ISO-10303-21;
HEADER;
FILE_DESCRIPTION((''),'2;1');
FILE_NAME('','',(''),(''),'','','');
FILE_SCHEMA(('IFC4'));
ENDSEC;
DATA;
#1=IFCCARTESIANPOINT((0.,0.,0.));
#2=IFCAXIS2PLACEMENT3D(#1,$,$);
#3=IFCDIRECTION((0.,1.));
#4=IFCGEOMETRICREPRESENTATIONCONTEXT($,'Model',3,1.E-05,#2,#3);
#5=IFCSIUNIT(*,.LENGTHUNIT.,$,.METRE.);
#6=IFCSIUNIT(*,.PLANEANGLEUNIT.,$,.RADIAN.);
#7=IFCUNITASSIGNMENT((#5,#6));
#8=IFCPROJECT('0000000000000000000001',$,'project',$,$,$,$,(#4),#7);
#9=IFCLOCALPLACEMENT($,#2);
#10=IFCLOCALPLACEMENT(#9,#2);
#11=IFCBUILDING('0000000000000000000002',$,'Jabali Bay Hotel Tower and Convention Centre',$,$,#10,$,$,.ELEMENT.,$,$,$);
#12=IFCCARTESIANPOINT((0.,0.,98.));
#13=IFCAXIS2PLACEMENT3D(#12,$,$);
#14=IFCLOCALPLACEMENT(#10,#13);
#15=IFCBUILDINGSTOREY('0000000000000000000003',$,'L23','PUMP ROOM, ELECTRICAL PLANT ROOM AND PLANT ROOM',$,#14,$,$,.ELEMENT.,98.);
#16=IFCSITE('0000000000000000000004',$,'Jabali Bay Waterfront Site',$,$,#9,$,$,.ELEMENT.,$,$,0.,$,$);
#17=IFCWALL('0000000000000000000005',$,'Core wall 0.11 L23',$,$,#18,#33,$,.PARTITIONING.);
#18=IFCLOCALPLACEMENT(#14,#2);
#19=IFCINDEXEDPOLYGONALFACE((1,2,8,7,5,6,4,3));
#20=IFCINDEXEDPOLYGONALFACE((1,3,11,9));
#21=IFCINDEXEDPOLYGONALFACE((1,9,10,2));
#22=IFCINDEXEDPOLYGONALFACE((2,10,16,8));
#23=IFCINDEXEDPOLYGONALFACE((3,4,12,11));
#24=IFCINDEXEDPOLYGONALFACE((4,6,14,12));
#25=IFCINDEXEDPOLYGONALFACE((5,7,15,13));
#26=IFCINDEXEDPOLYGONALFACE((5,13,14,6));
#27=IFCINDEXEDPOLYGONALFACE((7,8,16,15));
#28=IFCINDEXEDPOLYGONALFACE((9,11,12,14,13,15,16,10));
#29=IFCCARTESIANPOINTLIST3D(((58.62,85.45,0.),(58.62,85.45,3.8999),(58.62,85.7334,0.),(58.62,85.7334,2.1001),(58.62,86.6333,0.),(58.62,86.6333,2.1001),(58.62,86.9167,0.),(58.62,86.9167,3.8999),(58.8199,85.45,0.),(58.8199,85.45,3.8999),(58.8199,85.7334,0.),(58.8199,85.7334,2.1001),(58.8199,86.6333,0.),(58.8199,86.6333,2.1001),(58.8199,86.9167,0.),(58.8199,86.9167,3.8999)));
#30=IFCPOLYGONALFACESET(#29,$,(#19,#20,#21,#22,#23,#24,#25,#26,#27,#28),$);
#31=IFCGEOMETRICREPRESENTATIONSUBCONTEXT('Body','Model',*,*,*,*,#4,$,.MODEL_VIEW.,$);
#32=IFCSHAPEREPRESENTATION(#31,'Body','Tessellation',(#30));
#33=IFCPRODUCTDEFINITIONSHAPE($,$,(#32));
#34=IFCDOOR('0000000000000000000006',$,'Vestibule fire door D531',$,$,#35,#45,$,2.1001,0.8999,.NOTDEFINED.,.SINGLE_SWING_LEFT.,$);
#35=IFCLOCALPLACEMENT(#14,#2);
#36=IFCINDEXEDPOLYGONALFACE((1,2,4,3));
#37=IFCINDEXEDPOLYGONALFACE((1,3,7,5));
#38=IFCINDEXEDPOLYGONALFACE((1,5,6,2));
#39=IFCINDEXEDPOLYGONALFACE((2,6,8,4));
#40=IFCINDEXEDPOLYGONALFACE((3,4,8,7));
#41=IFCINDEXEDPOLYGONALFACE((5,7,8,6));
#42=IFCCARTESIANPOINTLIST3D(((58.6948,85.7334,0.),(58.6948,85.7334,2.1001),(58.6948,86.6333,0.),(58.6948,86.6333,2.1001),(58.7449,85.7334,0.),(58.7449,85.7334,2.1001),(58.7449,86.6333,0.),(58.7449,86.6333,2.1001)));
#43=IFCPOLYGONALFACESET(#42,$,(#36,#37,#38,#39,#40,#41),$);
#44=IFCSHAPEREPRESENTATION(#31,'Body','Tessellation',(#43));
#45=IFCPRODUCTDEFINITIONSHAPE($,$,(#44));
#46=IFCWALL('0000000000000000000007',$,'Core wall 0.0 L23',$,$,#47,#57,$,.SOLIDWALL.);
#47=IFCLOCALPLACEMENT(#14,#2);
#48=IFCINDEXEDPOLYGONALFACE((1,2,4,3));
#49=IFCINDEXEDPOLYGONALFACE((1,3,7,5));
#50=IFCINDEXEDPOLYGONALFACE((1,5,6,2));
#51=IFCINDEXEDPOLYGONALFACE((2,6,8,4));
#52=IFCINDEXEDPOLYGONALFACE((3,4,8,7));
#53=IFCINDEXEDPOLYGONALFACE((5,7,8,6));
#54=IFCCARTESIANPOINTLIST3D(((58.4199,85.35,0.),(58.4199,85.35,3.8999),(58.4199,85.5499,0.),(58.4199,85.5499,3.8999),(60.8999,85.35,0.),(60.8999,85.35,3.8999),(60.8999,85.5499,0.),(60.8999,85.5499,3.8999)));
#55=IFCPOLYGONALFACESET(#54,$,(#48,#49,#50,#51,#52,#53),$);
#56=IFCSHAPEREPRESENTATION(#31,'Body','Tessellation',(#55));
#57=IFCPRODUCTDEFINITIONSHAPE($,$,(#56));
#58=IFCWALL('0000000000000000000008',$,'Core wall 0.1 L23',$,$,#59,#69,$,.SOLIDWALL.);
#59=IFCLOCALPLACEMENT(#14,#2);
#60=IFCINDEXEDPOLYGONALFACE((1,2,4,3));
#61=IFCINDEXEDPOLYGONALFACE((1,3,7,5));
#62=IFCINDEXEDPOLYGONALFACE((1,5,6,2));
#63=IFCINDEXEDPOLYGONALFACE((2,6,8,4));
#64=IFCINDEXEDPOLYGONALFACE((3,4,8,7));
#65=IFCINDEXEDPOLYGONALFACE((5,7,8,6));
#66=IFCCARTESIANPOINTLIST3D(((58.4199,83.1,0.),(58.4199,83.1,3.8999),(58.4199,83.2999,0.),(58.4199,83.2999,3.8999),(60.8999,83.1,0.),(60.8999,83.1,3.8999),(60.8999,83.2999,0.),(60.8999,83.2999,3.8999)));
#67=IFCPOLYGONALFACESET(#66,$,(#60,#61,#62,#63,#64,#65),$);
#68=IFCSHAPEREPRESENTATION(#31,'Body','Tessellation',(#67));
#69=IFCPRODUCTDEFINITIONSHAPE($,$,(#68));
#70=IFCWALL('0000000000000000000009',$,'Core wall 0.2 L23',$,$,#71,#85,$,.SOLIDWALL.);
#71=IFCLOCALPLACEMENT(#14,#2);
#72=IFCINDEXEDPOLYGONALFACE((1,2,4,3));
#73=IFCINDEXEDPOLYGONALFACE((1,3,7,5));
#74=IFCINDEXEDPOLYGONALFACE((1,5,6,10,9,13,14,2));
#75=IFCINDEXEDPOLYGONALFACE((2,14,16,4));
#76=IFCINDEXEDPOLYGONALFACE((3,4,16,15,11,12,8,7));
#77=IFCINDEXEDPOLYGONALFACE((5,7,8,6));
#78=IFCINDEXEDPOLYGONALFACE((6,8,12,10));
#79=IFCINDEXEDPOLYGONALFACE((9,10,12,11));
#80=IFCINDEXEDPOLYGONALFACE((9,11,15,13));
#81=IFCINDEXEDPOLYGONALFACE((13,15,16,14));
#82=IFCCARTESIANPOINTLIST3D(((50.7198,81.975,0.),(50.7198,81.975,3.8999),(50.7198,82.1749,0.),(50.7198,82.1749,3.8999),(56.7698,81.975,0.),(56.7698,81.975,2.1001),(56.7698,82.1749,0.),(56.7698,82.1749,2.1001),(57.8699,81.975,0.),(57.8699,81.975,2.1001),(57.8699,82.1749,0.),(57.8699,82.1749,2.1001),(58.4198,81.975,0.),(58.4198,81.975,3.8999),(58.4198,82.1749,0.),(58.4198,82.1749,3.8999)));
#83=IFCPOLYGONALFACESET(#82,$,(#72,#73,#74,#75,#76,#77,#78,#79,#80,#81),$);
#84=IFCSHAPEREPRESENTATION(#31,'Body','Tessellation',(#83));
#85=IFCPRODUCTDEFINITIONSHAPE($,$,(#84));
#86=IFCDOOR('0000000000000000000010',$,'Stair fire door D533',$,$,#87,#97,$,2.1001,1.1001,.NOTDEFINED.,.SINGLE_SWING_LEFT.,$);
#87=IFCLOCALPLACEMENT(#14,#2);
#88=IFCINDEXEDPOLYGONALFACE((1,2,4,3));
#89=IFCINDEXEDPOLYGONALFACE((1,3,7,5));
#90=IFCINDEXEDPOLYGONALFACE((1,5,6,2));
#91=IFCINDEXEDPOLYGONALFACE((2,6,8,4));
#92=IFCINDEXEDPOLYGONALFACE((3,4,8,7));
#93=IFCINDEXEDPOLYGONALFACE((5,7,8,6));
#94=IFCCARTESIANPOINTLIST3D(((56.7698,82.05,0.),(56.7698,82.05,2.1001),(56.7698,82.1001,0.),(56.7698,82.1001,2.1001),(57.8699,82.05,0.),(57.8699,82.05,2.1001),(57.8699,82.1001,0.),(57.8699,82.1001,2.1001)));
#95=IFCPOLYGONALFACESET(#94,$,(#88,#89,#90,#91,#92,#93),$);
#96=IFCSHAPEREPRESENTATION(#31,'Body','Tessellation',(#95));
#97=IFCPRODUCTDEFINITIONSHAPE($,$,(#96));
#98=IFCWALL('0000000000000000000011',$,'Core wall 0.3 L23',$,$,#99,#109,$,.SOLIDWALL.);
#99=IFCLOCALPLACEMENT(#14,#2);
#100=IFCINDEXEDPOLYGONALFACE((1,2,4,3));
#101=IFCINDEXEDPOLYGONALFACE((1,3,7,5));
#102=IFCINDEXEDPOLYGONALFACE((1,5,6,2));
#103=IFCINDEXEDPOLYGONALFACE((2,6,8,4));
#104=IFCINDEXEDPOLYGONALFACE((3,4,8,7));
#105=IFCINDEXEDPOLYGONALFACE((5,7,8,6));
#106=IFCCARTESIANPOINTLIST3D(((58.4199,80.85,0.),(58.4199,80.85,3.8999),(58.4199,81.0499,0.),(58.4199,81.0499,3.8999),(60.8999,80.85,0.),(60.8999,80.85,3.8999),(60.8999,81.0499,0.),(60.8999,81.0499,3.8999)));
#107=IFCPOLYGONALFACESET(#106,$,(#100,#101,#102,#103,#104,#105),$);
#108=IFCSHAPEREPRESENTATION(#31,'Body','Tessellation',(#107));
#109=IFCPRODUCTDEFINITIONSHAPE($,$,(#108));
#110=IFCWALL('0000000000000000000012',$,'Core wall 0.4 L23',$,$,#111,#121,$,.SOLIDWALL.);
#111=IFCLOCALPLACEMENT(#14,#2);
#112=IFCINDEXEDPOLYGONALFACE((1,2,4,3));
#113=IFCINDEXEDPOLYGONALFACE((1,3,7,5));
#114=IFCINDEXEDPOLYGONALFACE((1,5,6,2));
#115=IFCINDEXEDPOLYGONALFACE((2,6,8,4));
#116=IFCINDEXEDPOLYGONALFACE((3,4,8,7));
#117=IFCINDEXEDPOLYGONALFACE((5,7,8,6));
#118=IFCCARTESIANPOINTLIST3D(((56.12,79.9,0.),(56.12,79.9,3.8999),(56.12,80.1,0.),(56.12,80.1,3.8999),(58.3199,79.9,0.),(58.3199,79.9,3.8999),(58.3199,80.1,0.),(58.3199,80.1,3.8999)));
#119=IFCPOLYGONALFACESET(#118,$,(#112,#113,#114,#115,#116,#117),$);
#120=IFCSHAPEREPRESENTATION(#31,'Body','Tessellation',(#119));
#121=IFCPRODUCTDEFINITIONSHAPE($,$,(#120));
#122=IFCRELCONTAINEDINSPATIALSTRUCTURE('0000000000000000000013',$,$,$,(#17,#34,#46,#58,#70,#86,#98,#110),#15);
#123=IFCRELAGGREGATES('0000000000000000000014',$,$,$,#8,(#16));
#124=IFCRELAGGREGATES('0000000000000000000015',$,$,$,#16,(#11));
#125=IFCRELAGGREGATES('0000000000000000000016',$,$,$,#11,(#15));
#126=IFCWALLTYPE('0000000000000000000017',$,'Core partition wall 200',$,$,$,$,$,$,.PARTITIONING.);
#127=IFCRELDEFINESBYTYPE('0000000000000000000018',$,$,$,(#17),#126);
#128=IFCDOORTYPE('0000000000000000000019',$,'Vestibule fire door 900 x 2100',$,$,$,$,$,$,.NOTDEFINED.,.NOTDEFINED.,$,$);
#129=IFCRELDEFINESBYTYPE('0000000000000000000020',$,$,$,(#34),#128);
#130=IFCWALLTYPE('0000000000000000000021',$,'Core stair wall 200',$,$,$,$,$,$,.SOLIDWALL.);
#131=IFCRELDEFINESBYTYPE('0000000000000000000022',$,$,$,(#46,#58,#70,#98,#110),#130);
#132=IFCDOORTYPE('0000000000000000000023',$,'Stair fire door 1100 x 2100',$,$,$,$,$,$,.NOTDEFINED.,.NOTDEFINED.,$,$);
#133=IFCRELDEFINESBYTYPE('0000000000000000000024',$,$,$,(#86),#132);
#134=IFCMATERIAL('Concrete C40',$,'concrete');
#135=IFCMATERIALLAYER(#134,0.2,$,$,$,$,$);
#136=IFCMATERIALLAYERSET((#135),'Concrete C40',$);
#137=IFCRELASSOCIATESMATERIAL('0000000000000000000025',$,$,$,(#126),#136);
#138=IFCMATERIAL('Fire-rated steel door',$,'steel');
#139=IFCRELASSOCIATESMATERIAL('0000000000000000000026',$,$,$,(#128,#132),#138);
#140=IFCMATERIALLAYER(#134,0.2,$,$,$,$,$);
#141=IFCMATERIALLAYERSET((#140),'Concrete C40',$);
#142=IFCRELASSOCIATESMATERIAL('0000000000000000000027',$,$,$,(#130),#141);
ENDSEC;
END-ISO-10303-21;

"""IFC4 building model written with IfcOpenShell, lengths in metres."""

from ifc_helpers import new_model, si_unit, direction, frame, frame_2d, origin, place, context, subcontext, project, spatial, rectangle, extrude, material, layer, layer_set, type_object, element, fill, save


model = new_model("IFC4")

# Units and contexts
model_context = context("Model", 3, precision=1e-05, world=origin(), true_north=direction((0.0, 1.0)))
body_context = subcontext(model_context, "Body", "Model", "MODEL_VIEW")
ifc_project = project(units=[si_unit("LENGTHUNIT", "METRE"), si_unit("PLANEANGLEUNIT", "RADIAN")], contexts=[model_context])

# Site, building, storey
site_placement = place(None, origin())
site = spatial("IfcSite", under=ifc_project, at=site_placement, Name="Jabali Bay Waterfront Site", CompositionType="ELEMENT", RefElevation=0.0)
building_placement = place(site_placement, origin())
building = spatial("IfcBuilding", under=site, at=building_placement, Name="Jabali Bay Hotel Tower and Convention Centre", CompositionType="ELEMENT")
storey_placement = place(building_placement, frame((0.0, 0.0, 98.0)))
storey = spatial("IfcBuildingStorey", under=building, at=storey_placement, Name="L23", Description="PUMP ROOM, ELECTRICAL PLANT ROOM AND PLANT ROOM", CompositionType="ELEMENT", Elevation=98.0)

# Wall, opening, door
ifc_material_1 = material(Name="Concrete C40", Category="concrete")
ifc_layer_1 = layer(ifc_material_1, 0.2)
ifc_layer_set_1 = layer_set([ifc_layer_1], Name="Concrete C40")
wall_type_1 = type_object("IfcWallType", Name="Core partition wall 200", PredefinedType="PARTITIONING", material=ifc_layer_set_1)
wall_1_placement = place(storey_placement, frame((58.72, 86.9167, 0.0), z_axis=(0.0, 0.0, 1.0), x_axis=(0.0, -1.0, 0.0)))
wall_1 = element("IfcWall", 1, at=wall_1_placement, inside=storey, type_object=wall_type_1, Name="Core wall 0.11 L23", PredefinedType="PARTITIONING", context=body_context, shape_type="SweptSolid", body=[
    extrude(rectangle(XDim=1.4668, YDim=0.2, at=frame_2d((0.7334, 0.0))), origin(), (0.0, 0.0, 1.0), 3.8999),
])
opening_1_placement = place(wall_1_placement, frame((0.2834, 0.0, 0.0)))
opening_1 = element("IfcOpeningElement", 2, at=opening_1_placement, cuts=wall_1, PredefinedType="OPENING", context=body_context, shape_type="SweptSolid", body=[
    extrude(rectangle(XDim=0.8999, YDim=2.1001, at=frame_2d((0.45, 1.05))), frame((0.0, 0.1104, 0.0), z_axis=(0.0, -1.0, 0.0), x_axis=(1.0, 0.0, 0.0)), (0.0, 0.0, 1.0), 0.2209),
])
ifc_material_2 = material(Name="Fire-rated steel door", Category="steel")
door_type_1 = type_object("IfcDoorType", Name="Vestibule fire door 900 x 2100", OperationType="NOTDEFINED", PredefinedType="NOTDEFINED", material=ifc_material_2)
door_1_placement = place(opening_1_placement, origin())
door_1 = element("IfcDoor", 3, at=door_1_placement, inside=storey, type_object=door_type_1, Name="Vestibule fire door D531", OperationType="SINGLE_SWING_LEFT", OverallHeight=2.1001, OverallWidth=0.8999, PredefinedType="NOTDEFINED", context=body_context, shape_type="SweptSolid", body=[
    extrude(rectangle(XDim=0.8999, YDim=2.1001, at=frame_2d((0.45, 1.05))), frame((0.0, 0.0249, 0.0), z_axis=(0.0, -1.0, 0.0), x_axis=(1.0, 0.0, 0.0)), (0.0, 0.0, 1.0), 0.05),
])
fill(opening_1, door_1)

# Walls
ifc_layer_2 = layer(ifc_material_1, 0.2)
ifc_layer_set_2 = layer_set([ifc_layer_2], Name="Concrete C40")
wall_type_2 = type_object("IfcWallType", Name="Core stair wall 200", PredefinedType="SOLIDWALL", material=ifc_layer_set_2)
for number, where, z_axis, x_axis, name in (
    (4, (60.8999, 85.45, 0.0), (0.0, 0.0, 1.0), (-1.0, 0.0, 0.0), "Core wall 0.0 L23"),
    (5, (60.8999, 83.2, 0.0), (0.0, 0.0, 1.0), (-1.0, 0.0, 0.0), "Core wall 0.1 L23"),
):
    element("IfcWall", number, at=place(storey_placement, frame(where, z_axis=z_axis, x_axis=x_axis)), inside=storey, type_object=wall_type_2, Name=name, PredefinedType="SOLIDWALL", context=body_context, shape_type="SweptSolid", body=[
        extrude(rectangle(XDim=2.48, YDim=0.2, at=frame_2d((1.24, 0.0))), origin(), (0.0, 0.0, 1.0), 3.8999),
    ])

# Wall, opening, door
wall_2_placement = place(storey_placement, frame((58.4199, 82.075, 0.0), z_axis=(0.0, 0.0, 1.0), x_axis=(-1.0, 0.0, 0.0)))
wall_2 = element("IfcWall", 6, at=wall_2_placement, inside=storey, type_object=wall_type_2, Name="Core wall 0.2 L23", PredefinedType="SOLIDWALL", context=body_context, shape_type="SweptSolid", body=[
    extrude(rectangle(XDim=7.7, YDim=0.2, at=frame_2d((3.8501, 0.0))), origin(), (0.0, 0.0, 1.0), 3.8999),
])
opening_2_placement = place(wall_2_placement, frame((0.55, 0.0, 0.0)))
opening_2 = element("IfcOpeningElement", 7, at=opening_2_placement, cuts=wall_2, PredefinedType="OPENING", context=body_context, shape_type="SweptSolid", body=[
    extrude(rectangle(XDim=1.1001, YDim=2.1001, at=frame_2d((0.55, 1.05))), frame((0.0, 0.1104, 0.0), z_axis=(0.0, -1.0, 0.0), x_axis=(1.0, 0.0, 0.0)), (0.0, 0.0, 1.0), 0.2209),
])
door_type_2 = type_object("IfcDoorType", Name="Stair fire door 1100 x 2100", OperationType="NOTDEFINED", PredefinedType="NOTDEFINED", material=ifc_material_2)
door_2_placement = place(opening_2_placement, origin())
door_2 = element("IfcDoor", 8, at=door_2_placement, inside=storey, type_object=door_type_2, Name="Stair fire door D533", OperationType="SINGLE_SWING_LEFT", OverallHeight=2.1001, OverallWidth=1.1001, PredefinedType="NOTDEFINED", context=body_context, shape_type="SweptSolid", body=[
    extrude(rectangle(XDim=1.1001, YDim=2.1001, at=frame_2d((0.55, 1.05))), frame((0.0, 0.0249, 0.0), z_axis=(0.0, -1.0, 0.0), x_axis=(1.0, 0.0, 0.0)), (0.0, 0.0, 1.0), 0.05),
])
fill(opening_2, door_2)

# Walls
wall_3_placement = place(storey_placement, frame((60.8999, 80.95, 0.0), z_axis=(0.0, 0.0, 1.0), x_axis=(-1.0, 0.0, 0.0)))
element("IfcWall", 9, at=wall_3_placement, inside=storey, type_object=wall_type_2, Name="Core wall 0.3 L23", PredefinedType="SOLIDWALL", context=body_context, shape_type="SweptSolid", body=[
    extrude(rectangle(XDim=2.48, YDim=0.2, at=frame_2d((1.24, 0.0))), origin(), (0.0, 0.0, 1.0), 3.8999),
])
wall_4_placement = place(storey_placement, frame((58.3201, 80.0, 0.0), z_axis=(0.0, 0.0, 1.0), x_axis=(-1.0, 0.0, 0.0)))
element("IfcWall", 10, at=wall_4_placement, inside=storey, type_object=wall_type_2, Name="Core wall 0.4 L23", PredefinedType="SOLIDWALL", context=body_context, shape_type="SweptSolid", body=[
    extrude(rectangle(XDim=2.2, YDim=0.2, at=frame_2d((1.1001, 0.0))), origin(), (0.0, 0.0, 1.0), 3.8999),
])

save(model, "model.ifc")
